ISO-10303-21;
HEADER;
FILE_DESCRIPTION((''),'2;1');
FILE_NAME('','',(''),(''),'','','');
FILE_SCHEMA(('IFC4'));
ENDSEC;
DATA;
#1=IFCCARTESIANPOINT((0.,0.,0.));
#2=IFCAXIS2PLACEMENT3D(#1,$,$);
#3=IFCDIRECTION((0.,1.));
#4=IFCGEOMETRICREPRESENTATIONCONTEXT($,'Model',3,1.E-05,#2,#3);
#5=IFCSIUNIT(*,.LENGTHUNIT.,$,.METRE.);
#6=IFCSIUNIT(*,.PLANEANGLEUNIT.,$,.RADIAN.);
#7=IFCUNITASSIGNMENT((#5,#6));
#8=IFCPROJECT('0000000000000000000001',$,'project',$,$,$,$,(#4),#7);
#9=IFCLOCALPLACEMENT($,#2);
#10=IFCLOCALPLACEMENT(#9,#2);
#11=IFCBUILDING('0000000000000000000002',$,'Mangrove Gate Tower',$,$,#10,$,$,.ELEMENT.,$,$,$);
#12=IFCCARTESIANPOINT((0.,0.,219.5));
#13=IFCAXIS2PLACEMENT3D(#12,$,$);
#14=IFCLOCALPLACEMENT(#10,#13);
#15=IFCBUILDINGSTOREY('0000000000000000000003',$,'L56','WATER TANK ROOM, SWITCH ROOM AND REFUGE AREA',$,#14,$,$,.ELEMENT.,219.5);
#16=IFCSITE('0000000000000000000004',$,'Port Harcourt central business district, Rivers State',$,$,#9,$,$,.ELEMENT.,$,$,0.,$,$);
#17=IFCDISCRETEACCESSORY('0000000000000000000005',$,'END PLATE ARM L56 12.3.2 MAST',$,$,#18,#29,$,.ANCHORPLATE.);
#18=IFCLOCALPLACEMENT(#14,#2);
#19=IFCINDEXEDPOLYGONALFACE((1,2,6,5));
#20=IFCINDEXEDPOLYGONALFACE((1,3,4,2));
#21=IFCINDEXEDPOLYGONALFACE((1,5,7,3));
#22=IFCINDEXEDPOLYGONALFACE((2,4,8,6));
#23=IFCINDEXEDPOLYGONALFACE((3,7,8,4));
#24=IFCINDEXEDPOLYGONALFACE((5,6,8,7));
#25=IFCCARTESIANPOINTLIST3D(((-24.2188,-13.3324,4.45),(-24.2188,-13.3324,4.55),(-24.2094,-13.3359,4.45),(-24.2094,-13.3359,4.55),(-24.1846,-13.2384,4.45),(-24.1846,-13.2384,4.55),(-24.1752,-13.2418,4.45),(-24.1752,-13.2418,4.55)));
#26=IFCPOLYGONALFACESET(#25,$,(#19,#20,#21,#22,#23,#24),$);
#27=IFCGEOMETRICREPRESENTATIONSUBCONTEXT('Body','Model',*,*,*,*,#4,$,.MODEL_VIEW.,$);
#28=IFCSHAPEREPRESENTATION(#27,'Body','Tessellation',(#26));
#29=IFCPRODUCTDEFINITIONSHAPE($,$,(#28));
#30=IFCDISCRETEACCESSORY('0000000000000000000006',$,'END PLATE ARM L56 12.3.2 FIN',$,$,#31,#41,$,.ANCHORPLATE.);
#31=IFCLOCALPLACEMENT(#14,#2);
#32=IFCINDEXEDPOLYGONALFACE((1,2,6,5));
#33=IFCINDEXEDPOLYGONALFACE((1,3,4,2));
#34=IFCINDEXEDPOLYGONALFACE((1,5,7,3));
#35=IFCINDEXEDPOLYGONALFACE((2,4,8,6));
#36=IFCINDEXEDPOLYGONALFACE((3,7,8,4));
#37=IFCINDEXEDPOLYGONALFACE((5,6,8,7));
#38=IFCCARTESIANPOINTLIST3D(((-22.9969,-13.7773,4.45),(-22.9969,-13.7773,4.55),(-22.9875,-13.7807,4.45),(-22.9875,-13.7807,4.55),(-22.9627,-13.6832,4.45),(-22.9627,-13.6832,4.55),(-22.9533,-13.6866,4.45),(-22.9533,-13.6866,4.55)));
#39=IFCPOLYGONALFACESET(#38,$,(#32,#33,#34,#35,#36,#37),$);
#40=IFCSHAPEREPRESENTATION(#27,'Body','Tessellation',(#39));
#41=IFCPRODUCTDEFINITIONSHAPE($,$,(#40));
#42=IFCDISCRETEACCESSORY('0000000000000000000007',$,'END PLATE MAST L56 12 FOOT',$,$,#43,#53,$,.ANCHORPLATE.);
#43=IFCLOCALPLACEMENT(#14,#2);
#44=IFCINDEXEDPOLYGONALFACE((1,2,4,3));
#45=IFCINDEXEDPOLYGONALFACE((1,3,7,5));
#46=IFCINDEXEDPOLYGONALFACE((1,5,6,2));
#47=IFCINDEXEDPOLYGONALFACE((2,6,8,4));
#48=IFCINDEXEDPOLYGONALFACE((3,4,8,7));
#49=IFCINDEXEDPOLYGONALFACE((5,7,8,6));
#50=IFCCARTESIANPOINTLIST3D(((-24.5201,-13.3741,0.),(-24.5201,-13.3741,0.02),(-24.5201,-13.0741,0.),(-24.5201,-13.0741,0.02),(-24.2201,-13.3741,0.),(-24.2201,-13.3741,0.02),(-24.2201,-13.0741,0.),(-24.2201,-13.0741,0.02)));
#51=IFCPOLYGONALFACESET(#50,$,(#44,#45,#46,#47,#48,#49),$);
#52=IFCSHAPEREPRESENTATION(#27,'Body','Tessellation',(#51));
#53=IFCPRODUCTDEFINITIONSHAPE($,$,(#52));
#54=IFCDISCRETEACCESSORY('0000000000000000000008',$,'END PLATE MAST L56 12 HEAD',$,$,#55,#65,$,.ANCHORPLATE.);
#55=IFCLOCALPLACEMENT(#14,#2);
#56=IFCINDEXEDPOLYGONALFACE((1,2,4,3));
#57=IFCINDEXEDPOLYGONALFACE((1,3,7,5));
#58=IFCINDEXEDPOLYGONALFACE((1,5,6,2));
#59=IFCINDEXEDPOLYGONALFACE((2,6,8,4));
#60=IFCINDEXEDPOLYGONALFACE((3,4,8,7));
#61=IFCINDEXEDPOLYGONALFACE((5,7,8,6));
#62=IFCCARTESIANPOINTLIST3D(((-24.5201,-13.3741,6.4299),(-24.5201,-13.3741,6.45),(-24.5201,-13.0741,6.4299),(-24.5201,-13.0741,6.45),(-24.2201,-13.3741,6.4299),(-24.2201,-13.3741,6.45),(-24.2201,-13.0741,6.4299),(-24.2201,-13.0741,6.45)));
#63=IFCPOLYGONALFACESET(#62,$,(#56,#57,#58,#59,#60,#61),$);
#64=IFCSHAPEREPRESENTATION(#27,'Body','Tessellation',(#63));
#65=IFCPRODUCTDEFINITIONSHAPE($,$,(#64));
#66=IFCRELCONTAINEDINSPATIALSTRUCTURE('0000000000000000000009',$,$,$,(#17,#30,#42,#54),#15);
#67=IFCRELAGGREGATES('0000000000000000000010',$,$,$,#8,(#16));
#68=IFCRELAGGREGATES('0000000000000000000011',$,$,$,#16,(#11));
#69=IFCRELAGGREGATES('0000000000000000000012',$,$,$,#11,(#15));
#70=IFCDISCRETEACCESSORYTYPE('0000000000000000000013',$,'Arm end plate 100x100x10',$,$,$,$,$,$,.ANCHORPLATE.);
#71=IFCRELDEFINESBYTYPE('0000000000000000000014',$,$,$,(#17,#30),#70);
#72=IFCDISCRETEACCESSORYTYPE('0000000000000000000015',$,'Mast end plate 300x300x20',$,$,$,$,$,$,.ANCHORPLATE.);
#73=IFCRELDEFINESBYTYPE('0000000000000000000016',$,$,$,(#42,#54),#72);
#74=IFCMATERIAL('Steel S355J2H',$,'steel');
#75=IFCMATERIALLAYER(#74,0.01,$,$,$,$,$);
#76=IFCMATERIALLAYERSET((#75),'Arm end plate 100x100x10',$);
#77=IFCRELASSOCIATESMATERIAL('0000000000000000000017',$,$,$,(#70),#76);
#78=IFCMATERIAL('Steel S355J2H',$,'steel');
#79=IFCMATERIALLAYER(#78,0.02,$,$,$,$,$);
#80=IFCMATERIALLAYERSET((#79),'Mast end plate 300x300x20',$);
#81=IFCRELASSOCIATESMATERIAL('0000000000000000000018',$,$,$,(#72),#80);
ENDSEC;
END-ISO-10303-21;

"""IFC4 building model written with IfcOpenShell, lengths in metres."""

from ifc_helpers import new_model, si_unit, direction, frame, origin, origin_2d, place, context, subcontext, project, spatial, rectangle, extrude, material, layer, layer_set, type_object, element, save


model = new_model("IFC4")

# Units and contexts
model_context = context("Model", 3, precision=1e-05, world=origin(), true_north=direction((0.0, 1.0)))
body_context = subcontext(model_context, "Body", "Model", "MODEL_VIEW")
ifc_project = project(units=[si_unit("LENGTHUNIT", "METRE"), si_unit("PLANEANGLEUNIT", "RADIAN")], contexts=[model_context])

# Site, building, storey
site_placement = place(None, origin())
site = spatial("IfcSite", under=ifc_project, at=site_placement, Name="Port Harcourt central business district, Rivers State", CompositionType="ELEMENT", RefElevation=0.0)
building_placement = place(site_placement, origin())
building = spatial("IfcBuilding", under=site, at=building_placement, Name="Mangrove Gate Tower", CompositionType="ELEMENT")
storey_placement = place(building_placement, frame((0.0, 0.0, 219.5)))
storey = spatial("IfcBuildingStorey", under=building, at=storey_placement, Name="L56", Description="WATER TANK ROOM, SWITCH ROOM AND REFUGE AREA", CompositionType="ELEMENT", Elevation=219.5)

# Discrete accessories
ifc_material_1 = material(Name="Steel S355J2H", Category="steel")
ifc_layer_1 = layer(ifc_material_1, 0.01)
ifc_layer_set_1 = layer_set([ifc_layer_1], Name="Arm end plate 100x100x10")
discrete_accessory_type_1 = type_object("IfcDiscreteAccessoryType", Name="Arm end plate 100x100x10", PredefinedType="ANCHORPLATE", material=ifc_layer_set_1)
for number, where, z_axis, x_axis, name in (
    (1, (-24.197, -13.2871, 4.45), (0.0, 0.0, 1.0), (0.939693, -0.34202, 0.0), "END PLATE ARM L56 12.3.2 MAST"),
    (2, (-22.9751, -13.7319, 4.45), (0.0, 0.0, 1.0), (0.939693, -0.34202, 0.0), "END PLATE ARM L56 12.3.2 FIN"),
):
    element("IfcDiscreteAccessory", number, at=place(storey_placement, frame(where, z_axis=z_axis, x_axis=x_axis)), inside=storey, type_object=discrete_accessory_type_1, Name=name, PredefinedType="ANCHORPLATE", context=body_context, shape_type="SweptSolid", body=[
        extrude(rectangle(XDim=0.01, YDim=0.1001, at=origin_2d()), origin(), (0.0, 0.0, 1.0), 0.1001),
    ])
ifc_material_2 = material(Name="Steel S355J2H", Category="steel")
ifc_layer_2 = layer(ifc_material_2, 0.02)
ifc_layer_set_2 = layer_set([ifc_layer_2], Name="Mast end plate 300x300x20")
discrete_accessory_type_2 = type_object("IfcDiscreteAccessoryType", Name="Mast end plate 300x300x20", PredefinedType="ANCHORPLATE", material=ifc_layer_set_2)
for number, where, z_axis, x_axis, name in (
    (3, (-24.3701, -13.2241, 0.0), (0.0, 0.0, 1.0), (1.0, 0.0, 0.0), "END PLATE MAST L56 12 FOOT"),
    (4, (-24.3701, -13.2241, 6.4299), (0.0, 0.0, 1.0), (1.0, 0.0, 0.0), "END PLATE MAST L56 12 HEAD"),
):
    element("IfcDiscreteAccessory", number, at=place(storey_placement, frame(where, z_axis=z_axis, x_axis=x_axis)), inside=storey, type_object=discrete_accessory_type_2, Name=name, PredefinedType="ANCHORPLATE", context=body_context, shape_type="SweptSolid", body=[
        extrude(rectangle(XDim=0.3, YDim=0.3, at=origin_2d()), origin(), (0.0, 0.0, 1.0), 0.02),
    ])

save(model, "model.ifc")
